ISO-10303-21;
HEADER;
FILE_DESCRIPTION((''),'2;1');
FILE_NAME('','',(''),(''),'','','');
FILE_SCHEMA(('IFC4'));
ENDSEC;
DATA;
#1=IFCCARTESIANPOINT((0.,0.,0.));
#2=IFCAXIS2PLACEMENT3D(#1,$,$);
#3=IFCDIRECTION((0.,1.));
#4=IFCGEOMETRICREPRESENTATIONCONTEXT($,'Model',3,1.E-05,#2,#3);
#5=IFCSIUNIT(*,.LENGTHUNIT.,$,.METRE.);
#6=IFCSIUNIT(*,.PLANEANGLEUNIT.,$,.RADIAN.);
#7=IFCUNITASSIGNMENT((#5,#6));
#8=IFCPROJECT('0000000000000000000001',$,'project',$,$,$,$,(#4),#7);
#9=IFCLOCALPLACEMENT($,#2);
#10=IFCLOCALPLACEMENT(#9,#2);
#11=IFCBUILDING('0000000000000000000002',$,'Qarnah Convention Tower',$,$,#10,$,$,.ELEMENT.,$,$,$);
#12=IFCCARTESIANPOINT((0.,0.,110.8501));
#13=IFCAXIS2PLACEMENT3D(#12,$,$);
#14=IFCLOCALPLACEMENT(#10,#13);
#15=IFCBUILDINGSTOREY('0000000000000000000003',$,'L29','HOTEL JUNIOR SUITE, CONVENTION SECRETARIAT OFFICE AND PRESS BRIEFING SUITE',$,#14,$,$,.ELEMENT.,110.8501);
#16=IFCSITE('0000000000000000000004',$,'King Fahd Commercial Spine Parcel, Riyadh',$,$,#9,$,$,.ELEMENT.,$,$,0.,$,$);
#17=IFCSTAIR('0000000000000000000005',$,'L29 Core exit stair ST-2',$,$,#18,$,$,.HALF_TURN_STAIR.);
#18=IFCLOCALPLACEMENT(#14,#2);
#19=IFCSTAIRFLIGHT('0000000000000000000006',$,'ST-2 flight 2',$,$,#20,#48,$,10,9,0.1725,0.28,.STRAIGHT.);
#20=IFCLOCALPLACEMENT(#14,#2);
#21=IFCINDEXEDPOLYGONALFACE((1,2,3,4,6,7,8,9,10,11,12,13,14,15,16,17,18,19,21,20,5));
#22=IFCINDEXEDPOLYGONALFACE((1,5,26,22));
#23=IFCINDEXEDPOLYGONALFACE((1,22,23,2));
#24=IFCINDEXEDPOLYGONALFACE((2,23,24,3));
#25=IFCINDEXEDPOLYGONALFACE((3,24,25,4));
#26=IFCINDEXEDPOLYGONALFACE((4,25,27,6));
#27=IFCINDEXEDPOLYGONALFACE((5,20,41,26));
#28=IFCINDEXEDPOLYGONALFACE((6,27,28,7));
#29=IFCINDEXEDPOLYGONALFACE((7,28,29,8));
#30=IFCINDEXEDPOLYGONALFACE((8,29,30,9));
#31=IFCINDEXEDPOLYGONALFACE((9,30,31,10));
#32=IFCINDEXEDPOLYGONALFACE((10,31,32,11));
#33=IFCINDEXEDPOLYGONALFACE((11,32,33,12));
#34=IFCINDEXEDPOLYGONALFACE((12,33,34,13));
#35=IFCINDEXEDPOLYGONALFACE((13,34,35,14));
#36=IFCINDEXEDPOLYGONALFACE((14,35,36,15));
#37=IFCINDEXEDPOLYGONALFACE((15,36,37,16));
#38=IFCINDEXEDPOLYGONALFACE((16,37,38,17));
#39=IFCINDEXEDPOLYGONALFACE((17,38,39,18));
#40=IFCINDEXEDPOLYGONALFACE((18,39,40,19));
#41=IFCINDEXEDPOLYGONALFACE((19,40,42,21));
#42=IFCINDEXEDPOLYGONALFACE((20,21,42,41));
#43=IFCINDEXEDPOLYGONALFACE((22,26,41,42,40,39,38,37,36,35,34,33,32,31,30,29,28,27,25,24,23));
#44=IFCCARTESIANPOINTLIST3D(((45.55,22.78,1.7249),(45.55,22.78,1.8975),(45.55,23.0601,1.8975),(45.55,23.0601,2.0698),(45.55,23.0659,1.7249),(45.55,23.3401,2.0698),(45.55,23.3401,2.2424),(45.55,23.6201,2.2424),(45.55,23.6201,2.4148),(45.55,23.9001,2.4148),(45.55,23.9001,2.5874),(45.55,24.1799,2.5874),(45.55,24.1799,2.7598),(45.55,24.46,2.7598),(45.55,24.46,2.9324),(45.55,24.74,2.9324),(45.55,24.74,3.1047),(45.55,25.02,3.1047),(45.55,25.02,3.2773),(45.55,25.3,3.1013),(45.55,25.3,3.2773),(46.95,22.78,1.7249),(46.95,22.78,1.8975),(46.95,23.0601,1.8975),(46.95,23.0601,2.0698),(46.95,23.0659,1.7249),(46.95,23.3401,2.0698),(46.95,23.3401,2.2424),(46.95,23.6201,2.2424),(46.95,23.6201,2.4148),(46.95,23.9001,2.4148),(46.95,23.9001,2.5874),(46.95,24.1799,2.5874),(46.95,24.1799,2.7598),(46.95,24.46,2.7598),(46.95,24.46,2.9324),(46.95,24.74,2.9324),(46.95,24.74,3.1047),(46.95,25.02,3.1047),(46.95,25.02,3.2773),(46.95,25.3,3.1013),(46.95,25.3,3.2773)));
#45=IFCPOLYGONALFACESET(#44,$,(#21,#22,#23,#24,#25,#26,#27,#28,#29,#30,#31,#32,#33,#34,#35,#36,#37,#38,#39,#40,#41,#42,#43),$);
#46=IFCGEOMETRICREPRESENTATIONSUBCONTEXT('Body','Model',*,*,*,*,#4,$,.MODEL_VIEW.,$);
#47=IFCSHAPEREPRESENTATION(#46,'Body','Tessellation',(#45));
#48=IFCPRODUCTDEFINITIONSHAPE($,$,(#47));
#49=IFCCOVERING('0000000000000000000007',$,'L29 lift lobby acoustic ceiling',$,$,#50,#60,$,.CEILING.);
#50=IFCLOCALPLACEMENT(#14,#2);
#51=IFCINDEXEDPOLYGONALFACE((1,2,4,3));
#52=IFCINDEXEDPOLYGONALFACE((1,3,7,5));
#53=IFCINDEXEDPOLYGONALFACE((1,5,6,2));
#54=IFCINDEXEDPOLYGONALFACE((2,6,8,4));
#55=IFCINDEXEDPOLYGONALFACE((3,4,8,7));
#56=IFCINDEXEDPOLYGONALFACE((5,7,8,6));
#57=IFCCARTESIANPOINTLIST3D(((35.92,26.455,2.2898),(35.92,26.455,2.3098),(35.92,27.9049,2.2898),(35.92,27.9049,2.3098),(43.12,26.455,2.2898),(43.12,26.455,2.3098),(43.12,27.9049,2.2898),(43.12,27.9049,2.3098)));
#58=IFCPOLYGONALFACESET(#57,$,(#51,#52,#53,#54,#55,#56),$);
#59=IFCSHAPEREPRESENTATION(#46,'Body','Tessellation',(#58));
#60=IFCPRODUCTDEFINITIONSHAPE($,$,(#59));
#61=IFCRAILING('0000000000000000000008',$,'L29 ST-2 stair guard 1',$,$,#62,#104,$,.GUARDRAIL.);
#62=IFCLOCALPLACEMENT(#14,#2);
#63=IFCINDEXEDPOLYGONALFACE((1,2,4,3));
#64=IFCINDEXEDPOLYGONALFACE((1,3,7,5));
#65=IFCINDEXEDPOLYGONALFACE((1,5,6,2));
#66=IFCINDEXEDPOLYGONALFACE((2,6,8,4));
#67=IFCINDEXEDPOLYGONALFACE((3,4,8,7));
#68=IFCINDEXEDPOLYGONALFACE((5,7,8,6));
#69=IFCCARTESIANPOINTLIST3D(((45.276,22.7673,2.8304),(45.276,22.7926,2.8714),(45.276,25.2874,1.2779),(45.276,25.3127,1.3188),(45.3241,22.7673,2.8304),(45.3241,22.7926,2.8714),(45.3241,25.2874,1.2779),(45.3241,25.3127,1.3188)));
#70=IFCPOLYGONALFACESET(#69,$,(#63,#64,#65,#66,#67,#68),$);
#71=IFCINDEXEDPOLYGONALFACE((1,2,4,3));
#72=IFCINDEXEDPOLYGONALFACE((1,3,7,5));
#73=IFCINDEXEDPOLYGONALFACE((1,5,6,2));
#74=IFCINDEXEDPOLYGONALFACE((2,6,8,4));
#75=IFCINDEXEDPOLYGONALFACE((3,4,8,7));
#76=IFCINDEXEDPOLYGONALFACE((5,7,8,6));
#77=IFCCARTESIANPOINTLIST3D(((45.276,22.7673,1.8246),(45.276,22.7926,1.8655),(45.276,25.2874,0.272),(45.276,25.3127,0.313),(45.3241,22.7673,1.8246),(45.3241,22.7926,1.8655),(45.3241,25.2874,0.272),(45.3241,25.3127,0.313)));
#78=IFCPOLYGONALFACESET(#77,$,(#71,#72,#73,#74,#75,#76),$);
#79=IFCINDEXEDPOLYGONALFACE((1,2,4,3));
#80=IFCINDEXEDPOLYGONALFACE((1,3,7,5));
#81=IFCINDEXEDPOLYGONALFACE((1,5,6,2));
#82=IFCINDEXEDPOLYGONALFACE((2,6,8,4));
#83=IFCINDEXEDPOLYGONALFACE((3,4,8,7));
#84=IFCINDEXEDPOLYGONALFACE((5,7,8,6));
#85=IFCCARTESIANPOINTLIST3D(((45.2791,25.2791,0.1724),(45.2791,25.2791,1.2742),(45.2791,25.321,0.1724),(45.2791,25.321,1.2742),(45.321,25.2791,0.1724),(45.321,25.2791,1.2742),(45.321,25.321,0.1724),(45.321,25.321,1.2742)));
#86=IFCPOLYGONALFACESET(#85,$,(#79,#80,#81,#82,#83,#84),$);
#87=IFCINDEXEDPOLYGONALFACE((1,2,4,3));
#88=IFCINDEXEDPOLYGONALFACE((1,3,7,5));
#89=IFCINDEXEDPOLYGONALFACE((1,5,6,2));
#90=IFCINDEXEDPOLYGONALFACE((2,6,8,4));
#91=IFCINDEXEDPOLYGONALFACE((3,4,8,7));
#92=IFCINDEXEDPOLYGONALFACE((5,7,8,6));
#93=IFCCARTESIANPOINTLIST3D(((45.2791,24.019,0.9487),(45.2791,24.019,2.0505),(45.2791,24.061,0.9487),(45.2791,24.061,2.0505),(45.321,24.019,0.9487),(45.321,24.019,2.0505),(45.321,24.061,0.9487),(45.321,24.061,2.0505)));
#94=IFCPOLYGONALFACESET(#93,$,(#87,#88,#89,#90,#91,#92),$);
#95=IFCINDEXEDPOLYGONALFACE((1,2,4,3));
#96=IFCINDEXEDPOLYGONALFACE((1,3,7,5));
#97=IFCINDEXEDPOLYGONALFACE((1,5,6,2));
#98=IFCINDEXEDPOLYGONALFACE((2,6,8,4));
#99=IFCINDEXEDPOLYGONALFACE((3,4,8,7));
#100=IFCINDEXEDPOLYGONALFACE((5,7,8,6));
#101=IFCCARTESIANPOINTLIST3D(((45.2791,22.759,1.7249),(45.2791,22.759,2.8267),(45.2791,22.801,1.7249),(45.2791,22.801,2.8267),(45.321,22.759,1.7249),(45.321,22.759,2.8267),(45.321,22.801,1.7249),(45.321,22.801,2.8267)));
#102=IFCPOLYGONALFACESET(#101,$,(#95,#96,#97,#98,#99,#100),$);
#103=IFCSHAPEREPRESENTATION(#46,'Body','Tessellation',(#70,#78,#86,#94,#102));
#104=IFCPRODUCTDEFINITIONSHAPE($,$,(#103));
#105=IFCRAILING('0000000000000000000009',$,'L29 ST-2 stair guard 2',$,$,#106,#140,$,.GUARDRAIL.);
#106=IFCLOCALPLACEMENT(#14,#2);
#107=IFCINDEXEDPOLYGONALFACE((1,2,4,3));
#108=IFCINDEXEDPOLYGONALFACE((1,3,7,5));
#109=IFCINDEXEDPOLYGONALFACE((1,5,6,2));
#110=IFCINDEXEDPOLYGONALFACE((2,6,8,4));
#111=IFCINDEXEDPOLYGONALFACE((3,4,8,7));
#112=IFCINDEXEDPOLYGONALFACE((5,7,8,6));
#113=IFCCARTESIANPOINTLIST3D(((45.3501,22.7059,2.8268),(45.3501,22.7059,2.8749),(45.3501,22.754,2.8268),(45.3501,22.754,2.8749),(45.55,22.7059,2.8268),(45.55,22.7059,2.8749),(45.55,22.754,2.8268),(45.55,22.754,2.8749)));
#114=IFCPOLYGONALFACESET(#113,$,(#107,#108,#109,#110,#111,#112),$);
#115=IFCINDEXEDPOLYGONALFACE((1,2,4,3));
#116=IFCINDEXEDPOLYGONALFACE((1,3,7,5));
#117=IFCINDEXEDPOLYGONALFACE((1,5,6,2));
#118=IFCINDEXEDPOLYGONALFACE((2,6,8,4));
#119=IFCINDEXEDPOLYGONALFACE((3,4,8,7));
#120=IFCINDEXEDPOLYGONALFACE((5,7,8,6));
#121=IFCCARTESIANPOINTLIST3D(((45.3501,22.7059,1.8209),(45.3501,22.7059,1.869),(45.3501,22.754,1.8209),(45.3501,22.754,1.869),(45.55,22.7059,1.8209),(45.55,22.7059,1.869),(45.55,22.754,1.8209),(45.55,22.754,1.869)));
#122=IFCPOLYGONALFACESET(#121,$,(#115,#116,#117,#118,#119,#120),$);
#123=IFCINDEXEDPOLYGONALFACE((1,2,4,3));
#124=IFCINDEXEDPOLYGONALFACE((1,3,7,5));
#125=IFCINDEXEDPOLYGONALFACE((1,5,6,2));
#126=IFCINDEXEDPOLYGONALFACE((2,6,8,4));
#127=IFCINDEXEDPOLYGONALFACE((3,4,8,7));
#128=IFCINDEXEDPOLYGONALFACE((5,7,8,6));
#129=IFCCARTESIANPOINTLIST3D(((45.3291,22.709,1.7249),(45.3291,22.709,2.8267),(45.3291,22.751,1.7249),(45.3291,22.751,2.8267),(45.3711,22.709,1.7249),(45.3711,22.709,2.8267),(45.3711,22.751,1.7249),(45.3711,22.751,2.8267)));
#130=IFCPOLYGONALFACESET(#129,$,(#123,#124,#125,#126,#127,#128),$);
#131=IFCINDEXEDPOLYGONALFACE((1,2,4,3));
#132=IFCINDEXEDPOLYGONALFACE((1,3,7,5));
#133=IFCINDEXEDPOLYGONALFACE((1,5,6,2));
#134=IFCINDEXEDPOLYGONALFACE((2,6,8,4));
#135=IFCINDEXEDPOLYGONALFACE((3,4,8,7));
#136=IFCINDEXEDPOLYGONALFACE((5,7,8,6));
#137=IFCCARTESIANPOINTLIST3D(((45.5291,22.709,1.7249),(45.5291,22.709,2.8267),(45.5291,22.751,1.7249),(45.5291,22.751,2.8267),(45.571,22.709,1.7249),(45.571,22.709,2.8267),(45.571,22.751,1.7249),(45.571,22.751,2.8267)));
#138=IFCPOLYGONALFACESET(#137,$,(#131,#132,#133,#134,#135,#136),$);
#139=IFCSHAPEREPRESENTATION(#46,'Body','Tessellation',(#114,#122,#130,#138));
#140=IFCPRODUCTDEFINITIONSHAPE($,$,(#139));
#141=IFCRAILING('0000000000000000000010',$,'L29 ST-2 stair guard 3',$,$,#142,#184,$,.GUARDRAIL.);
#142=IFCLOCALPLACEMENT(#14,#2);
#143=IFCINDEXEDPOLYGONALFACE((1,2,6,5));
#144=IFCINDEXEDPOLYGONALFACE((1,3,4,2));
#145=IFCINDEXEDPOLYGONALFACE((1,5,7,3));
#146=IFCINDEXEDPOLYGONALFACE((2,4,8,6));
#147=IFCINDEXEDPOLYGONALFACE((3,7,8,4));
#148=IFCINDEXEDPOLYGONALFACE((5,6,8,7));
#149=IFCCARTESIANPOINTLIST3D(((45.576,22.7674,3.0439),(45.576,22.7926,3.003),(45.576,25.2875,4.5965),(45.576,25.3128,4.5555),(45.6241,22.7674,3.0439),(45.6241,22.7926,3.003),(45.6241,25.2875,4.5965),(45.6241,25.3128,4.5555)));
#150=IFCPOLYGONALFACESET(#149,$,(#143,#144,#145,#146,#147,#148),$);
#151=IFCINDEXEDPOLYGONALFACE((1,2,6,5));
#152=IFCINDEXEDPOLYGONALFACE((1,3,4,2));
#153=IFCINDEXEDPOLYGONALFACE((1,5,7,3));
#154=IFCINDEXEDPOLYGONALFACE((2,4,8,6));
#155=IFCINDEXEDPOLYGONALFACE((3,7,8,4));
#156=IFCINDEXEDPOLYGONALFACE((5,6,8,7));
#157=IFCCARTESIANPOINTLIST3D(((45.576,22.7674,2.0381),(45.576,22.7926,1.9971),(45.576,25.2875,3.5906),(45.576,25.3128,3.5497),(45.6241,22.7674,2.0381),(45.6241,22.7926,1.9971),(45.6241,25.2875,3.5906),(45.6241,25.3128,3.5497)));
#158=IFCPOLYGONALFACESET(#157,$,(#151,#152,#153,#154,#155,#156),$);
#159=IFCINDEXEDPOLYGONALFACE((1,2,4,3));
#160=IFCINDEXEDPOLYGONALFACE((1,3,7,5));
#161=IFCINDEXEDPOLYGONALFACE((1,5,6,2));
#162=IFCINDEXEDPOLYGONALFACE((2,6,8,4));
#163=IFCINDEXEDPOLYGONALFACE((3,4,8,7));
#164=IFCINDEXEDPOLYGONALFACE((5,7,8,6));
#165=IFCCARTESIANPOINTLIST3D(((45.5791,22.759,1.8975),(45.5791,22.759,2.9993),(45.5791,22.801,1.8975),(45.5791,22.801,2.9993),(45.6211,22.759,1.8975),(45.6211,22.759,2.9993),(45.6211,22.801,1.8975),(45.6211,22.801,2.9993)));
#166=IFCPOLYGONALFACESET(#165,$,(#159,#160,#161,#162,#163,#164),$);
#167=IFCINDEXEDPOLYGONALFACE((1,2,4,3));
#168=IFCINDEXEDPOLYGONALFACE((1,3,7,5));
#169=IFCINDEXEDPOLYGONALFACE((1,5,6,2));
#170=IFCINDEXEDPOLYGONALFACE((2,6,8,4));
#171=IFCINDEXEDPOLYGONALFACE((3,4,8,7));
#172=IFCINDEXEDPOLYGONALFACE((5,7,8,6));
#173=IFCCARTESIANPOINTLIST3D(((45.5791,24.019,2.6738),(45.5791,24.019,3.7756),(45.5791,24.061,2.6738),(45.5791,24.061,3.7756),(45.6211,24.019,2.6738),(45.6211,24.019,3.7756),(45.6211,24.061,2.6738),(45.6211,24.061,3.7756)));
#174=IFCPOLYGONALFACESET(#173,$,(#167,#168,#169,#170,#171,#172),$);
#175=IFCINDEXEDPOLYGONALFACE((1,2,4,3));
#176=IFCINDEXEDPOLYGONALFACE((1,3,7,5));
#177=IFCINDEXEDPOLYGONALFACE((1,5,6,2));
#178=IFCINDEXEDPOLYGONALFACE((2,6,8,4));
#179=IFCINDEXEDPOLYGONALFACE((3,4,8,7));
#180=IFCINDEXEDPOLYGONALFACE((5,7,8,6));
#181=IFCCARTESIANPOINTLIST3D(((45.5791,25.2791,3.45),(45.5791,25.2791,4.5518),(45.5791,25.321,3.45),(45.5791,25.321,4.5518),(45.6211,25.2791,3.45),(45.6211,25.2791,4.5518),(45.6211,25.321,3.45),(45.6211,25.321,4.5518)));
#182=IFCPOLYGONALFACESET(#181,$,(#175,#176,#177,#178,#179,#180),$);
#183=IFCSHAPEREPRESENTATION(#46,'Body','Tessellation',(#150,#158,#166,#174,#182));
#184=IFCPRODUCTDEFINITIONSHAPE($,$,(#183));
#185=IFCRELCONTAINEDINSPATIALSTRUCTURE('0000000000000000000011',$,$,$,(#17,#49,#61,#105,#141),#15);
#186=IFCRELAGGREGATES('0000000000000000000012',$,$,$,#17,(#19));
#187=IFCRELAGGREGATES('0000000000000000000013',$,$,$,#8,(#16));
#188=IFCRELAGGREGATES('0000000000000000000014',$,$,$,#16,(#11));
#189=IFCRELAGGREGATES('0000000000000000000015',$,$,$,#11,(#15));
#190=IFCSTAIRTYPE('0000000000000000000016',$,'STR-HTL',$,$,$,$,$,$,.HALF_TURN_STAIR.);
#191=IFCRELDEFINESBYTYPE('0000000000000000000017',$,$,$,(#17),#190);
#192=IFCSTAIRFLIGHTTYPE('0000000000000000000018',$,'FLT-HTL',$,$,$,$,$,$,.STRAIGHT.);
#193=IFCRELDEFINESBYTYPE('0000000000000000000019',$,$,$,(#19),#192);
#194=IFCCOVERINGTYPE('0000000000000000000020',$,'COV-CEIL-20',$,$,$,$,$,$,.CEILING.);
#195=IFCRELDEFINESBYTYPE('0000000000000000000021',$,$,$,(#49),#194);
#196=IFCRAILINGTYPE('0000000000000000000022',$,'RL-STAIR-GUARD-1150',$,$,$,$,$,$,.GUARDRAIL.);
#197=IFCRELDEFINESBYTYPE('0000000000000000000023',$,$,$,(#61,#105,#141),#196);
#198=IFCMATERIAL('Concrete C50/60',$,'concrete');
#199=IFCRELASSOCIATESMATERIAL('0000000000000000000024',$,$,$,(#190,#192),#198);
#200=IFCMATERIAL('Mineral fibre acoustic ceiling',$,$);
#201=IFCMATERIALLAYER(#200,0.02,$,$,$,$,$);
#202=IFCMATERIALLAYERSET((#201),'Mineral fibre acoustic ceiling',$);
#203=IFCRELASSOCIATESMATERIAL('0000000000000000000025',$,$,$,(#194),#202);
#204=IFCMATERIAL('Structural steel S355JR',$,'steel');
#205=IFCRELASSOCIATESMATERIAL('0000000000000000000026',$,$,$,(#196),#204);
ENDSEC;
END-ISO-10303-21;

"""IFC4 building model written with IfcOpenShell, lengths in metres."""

from ifc_helpers import new_model, si_unit, direction, frame, origin, origin_2d, place, context, subcontext, project, spatial, polyline, rectangle, outline, extrude, material, layer, layer_set, type_object, element, aggregate, save


model = new_model("IFC4")

# Units and contexts
model_context = context("Model", 3, precision=1e-05, world=origin(), true_north=direction((0.0, 1.0)))
body_context = subcontext(model_context, "Body", "Model", "MODEL_VIEW")
ifc_project = project(units=[si_unit("LENGTHUNIT", "METRE"), si_unit("PLANEANGLEUNIT", "RADIAN")], contexts=[model_context])

# Site, building, storey
site_placement = place(None, origin())
site = spatial("IfcSite", under=ifc_project, at=site_placement, Name="King Fahd Commercial Spine Parcel, Riyadh", CompositionType="ELEMENT", RefElevation=0.0)
building_placement = place(site_placement, origin())
building = spatial("IfcBuilding", under=site, at=building_placement, Name="Qarnah Convention Tower", CompositionType="ELEMENT")
storey_placement = place(building_placement, frame((0.0, 0.0, 110.8501)))
storey = spatial("IfcBuildingStorey", under=building, at=storey_placement, Name="L29", Description="HOTEL JUNIOR SUITE, CONVENTION SECRETARIAT OFFICE AND PRESS BRIEFING SUITE", CompositionType="ELEMENT", Elevation=110.8501)

# Shared definitions
ifc_material_1 = material(Name="Structural steel S355JR", Category="steel")

# Stair, stair flight
ifc_material_2 = material(Name="Concrete C50/60", Category="concrete")
stair_type = type_object("IfcStairType", Name="STR-HTL", PredefinedType="HALF_TURN_STAIR", material=ifc_material_2)
stair_placement = place(storey_placement, origin())
stair = element("IfcStair", 1, at=stair_placement, inside=storey, type_object=stair_type, Name="L29 Core exit stair ST-2", PredefinedType="HALF_TURN_STAIR")
stair_flight_type = type_object("IfcStairFlightType", Name="FLT-HTL", PredefinedType="STRAIGHT", material=ifc_material_2)
stair_flight_1_placement = place(storey_placement, frame((46.25, 22.78, 1.7249), z_axis=(0.0, 0.0, 1.0), x_axis=(0.0, 1.0, 0.0)))
stair_flight_1 = element("IfcStairFlight", 2, at=stair_flight_1_placement, type_object=stair_flight_type, Name="ST-2 flight 2", NumberOfRisers=10, NumberOfTreads=9, PredefinedType="STRAIGHT", RiserHeight=0.1725, TreadLength=0.28, context=body_context, shape_type="SweptSolid", body=[
    extrude(outline(polyline([(0.0, 0.0), (0.0, 0.1726), (0.28, 0.1726), (0.28, 0.345), (0.5601, 0.345), (0.5601, 0.5176), (0.8401, 0.5176), (0.8401, 0.6899), (1.1201, 0.6899), (1.1201, 0.8625), (1.3999, 0.8625), (1.3999, 1.0349), (1.6799, 1.0349), (1.6799, 1.2075), (1.96, 1.2075), (1.96, 1.3799), (2.24, 1.3799), (2.24, 1.5525), (2.52, 1.5525), (2.52, 1.7251), (2.52, 1.3765), (0.2859, 0.0), (0.0, 0.0)])), frame((0.0, 0.7, 0.0), z_axis=(0.0, -1.0, 0.0), x_axis=(1.0, 0.0, 0.0)), (0.0, 0.0, 1.0), 1.3999),
])
aggregate(stair, [stair_flight_1])

# Covering
ifc_material_3 = material(Name="Mineral fibre acoustic ceiling")
ifc_layer_1 = layer(ifc_material_3, 0.02)
ifc_layer_set_1 = layer_set([ifc_layer_1], Name="Mineral fibre acoustic ceiling")
covering_type = type_object("IfcCoveringType", Name="COV-CEIL-20", PredefinedType="CEILING", material=ifc_layer_set_1)
covering_placement = place(storey_placement, frame((39.52, 27.1799, 2.2898), z_axis=(0.0, 0.0, 1.0), x_axis=(1.0, 0.0, 0.0)))
element("IfcCovering", 3, at=covering_placement, inside=storey, type_object=covering_type, Name="L29 lift lobby acoustic ceiling", PredefinedType="CEILING", context=body_context, shape_type="SweptSolid", body=[
    extrude(rectangle(XDim=7.2, YDim=1.45, at=origin_2d()), origin(), (0.0, 0.0, 1.0), 0.02),
])

# Railings
railing_type_1 = type_object("IfcRailingType", Name="RL-STAIR-GUARD-1150", PredefinedType="GUARDRAIL", material=ifc_material_1)
railing_1_placement = place(storey_placement, frame((45.3, 25.3, 0.1724)))
element("IfcRailing", 4, at=railing_1_placement, inside=storey, type_object=railing_type_1, Name="L29 ST-2 stair guard 1", PredefinedType="GUARDRAIL", context=body_context, shape_type="SweptSolid", body=[
    extrude(rectangle(XDim=0.0481, YDim=0.0481, at=origin_2d()), frame((0.0, 0.0, 1.126), z_axis=(0.0, -0.8514, 0.524516), x_axis=(1.0, 0.0, 0.0)), (0.0, 0.0, 1.0), 2.96),
    extrude(rectangle(XDim=0.0481, YDim=0.0481, at=origin_2d()), frame((0.0, 0.0, 0.1201), z_axis=(0.0, -0.8514, 0.524516), x_axis=(1.0, 0.0, 0.0)), (0.0, 0.0, 1.0), 2.96),
    extrude(rectangle(XDim=0.042, YDim=0.042, at=origin_2d()), origin(), (0.0, 0.0, 1.0), 1.1018),
    extrude(rectangle(XDim=0.042, YDim=0.042, at=origin_2d()), frame((0.0, -1.26, 0.7764)), (0.0, 0.0, 1.0), 1.1018),
    extrude(rectangle(XDim=0.042, YDim=0.042, at=origin_2d()), frame((0.0, -2.52, 1.5525)), (0.0, 0.0, 1.0), 1.1018),
])
railing_2_placement = place(storey_placement, frame((45.3501, 22.73, 1.7249)))
element("IfcRailing", 5, at=railing_2_placement, inside=storey, type_object=railing_type_1, Name="L29 ST-2 stair guard 2", PredefinedType="GUARDRAIL", context=body_context, shape_type="SweptSolid", body=[
    extrude(rectangle(XDim=0.0481, YDim=0.0481, at=origin_2d()), frame((0.0, 0.0, 1.126), z_axis=(1.0, 0.0, 0.0), x_axis=(0.0, 1.0, 0.0)), (0.0, 0.0, 1.0), 0.2),
    extrude(rectangle(XDim=0.0481, YDim=0.0481, at=origin_2d()), frame((0.0, 0.0, 0.1201), z_axis=(1.0, 0.0, 0.0), x_axis=(0.0, 1.0, 0.0)), (0.0, 0.0, 1.0), 0.2),
    extrude(rectangle(XDim=0.042, YDim=0.042, at=origin_2d()), origin(), (0.0, 0.0, 1.0), 1.1018),
    extrude(rectangle(XDim=0.042, YDim=0.042, at=origin_2d()), frame((0.2, 0.0, 0.0)), (0.0, 0.0, 1.0), 1.1018),
])
railing_3_placement = place(storey_placement, frame((45.6001, 22.78, 1.8975)))
element("IfcRailing", 6, at=railing_3_placement, inside=storey, type_object=railing_type_1, Name="L29 ST-2 stair guard 3", PredefinedType="GUARDRAIL", context=body_context, shape_type="SweptSolid", body=[
    extrude(rectangle(XDim=0.0481, YDim=0.0481, at=origin_2d()), frame((0.0, 0.0, 1.126), z_axis=(0.0, 0.8514, 0.524516), x_axis=(-1.0, 0.0, 0.0)), (0.0, 0.0, 1.0), 2.96),
    extrude(rectangle(XDim=0.0481, YDim=0.0481, at=origin_2d()), frame((0.0, 0.0, 0.1201), z_axis=(0.0, 0.8514, 0.524516), x_axis=(-1.0, 0.0, 0.0)), (0.0, 0.0, 1.0), 2.96),
    extrude(rectangle(XDim=0.042, YDim=0.042, at=origin_2d()), origin(), (0.0, 0.0, 1.0), 1.1018),
    extrude(rectangle(XDim=0.042, YDim=0.042, at=origin_2d()), frame((0.0, 1.26, 0.7764)), (0.0, 0.0, 1.0), 1.1018),
    extrude(rectangle(XDim=0.042, YDim=0.042, at=origin_2d()), frame((0.0, 2.52, 1.5525)), (0.0, 0.0, 1.0), 1.1018),
])

save(model, "model.ifc")
